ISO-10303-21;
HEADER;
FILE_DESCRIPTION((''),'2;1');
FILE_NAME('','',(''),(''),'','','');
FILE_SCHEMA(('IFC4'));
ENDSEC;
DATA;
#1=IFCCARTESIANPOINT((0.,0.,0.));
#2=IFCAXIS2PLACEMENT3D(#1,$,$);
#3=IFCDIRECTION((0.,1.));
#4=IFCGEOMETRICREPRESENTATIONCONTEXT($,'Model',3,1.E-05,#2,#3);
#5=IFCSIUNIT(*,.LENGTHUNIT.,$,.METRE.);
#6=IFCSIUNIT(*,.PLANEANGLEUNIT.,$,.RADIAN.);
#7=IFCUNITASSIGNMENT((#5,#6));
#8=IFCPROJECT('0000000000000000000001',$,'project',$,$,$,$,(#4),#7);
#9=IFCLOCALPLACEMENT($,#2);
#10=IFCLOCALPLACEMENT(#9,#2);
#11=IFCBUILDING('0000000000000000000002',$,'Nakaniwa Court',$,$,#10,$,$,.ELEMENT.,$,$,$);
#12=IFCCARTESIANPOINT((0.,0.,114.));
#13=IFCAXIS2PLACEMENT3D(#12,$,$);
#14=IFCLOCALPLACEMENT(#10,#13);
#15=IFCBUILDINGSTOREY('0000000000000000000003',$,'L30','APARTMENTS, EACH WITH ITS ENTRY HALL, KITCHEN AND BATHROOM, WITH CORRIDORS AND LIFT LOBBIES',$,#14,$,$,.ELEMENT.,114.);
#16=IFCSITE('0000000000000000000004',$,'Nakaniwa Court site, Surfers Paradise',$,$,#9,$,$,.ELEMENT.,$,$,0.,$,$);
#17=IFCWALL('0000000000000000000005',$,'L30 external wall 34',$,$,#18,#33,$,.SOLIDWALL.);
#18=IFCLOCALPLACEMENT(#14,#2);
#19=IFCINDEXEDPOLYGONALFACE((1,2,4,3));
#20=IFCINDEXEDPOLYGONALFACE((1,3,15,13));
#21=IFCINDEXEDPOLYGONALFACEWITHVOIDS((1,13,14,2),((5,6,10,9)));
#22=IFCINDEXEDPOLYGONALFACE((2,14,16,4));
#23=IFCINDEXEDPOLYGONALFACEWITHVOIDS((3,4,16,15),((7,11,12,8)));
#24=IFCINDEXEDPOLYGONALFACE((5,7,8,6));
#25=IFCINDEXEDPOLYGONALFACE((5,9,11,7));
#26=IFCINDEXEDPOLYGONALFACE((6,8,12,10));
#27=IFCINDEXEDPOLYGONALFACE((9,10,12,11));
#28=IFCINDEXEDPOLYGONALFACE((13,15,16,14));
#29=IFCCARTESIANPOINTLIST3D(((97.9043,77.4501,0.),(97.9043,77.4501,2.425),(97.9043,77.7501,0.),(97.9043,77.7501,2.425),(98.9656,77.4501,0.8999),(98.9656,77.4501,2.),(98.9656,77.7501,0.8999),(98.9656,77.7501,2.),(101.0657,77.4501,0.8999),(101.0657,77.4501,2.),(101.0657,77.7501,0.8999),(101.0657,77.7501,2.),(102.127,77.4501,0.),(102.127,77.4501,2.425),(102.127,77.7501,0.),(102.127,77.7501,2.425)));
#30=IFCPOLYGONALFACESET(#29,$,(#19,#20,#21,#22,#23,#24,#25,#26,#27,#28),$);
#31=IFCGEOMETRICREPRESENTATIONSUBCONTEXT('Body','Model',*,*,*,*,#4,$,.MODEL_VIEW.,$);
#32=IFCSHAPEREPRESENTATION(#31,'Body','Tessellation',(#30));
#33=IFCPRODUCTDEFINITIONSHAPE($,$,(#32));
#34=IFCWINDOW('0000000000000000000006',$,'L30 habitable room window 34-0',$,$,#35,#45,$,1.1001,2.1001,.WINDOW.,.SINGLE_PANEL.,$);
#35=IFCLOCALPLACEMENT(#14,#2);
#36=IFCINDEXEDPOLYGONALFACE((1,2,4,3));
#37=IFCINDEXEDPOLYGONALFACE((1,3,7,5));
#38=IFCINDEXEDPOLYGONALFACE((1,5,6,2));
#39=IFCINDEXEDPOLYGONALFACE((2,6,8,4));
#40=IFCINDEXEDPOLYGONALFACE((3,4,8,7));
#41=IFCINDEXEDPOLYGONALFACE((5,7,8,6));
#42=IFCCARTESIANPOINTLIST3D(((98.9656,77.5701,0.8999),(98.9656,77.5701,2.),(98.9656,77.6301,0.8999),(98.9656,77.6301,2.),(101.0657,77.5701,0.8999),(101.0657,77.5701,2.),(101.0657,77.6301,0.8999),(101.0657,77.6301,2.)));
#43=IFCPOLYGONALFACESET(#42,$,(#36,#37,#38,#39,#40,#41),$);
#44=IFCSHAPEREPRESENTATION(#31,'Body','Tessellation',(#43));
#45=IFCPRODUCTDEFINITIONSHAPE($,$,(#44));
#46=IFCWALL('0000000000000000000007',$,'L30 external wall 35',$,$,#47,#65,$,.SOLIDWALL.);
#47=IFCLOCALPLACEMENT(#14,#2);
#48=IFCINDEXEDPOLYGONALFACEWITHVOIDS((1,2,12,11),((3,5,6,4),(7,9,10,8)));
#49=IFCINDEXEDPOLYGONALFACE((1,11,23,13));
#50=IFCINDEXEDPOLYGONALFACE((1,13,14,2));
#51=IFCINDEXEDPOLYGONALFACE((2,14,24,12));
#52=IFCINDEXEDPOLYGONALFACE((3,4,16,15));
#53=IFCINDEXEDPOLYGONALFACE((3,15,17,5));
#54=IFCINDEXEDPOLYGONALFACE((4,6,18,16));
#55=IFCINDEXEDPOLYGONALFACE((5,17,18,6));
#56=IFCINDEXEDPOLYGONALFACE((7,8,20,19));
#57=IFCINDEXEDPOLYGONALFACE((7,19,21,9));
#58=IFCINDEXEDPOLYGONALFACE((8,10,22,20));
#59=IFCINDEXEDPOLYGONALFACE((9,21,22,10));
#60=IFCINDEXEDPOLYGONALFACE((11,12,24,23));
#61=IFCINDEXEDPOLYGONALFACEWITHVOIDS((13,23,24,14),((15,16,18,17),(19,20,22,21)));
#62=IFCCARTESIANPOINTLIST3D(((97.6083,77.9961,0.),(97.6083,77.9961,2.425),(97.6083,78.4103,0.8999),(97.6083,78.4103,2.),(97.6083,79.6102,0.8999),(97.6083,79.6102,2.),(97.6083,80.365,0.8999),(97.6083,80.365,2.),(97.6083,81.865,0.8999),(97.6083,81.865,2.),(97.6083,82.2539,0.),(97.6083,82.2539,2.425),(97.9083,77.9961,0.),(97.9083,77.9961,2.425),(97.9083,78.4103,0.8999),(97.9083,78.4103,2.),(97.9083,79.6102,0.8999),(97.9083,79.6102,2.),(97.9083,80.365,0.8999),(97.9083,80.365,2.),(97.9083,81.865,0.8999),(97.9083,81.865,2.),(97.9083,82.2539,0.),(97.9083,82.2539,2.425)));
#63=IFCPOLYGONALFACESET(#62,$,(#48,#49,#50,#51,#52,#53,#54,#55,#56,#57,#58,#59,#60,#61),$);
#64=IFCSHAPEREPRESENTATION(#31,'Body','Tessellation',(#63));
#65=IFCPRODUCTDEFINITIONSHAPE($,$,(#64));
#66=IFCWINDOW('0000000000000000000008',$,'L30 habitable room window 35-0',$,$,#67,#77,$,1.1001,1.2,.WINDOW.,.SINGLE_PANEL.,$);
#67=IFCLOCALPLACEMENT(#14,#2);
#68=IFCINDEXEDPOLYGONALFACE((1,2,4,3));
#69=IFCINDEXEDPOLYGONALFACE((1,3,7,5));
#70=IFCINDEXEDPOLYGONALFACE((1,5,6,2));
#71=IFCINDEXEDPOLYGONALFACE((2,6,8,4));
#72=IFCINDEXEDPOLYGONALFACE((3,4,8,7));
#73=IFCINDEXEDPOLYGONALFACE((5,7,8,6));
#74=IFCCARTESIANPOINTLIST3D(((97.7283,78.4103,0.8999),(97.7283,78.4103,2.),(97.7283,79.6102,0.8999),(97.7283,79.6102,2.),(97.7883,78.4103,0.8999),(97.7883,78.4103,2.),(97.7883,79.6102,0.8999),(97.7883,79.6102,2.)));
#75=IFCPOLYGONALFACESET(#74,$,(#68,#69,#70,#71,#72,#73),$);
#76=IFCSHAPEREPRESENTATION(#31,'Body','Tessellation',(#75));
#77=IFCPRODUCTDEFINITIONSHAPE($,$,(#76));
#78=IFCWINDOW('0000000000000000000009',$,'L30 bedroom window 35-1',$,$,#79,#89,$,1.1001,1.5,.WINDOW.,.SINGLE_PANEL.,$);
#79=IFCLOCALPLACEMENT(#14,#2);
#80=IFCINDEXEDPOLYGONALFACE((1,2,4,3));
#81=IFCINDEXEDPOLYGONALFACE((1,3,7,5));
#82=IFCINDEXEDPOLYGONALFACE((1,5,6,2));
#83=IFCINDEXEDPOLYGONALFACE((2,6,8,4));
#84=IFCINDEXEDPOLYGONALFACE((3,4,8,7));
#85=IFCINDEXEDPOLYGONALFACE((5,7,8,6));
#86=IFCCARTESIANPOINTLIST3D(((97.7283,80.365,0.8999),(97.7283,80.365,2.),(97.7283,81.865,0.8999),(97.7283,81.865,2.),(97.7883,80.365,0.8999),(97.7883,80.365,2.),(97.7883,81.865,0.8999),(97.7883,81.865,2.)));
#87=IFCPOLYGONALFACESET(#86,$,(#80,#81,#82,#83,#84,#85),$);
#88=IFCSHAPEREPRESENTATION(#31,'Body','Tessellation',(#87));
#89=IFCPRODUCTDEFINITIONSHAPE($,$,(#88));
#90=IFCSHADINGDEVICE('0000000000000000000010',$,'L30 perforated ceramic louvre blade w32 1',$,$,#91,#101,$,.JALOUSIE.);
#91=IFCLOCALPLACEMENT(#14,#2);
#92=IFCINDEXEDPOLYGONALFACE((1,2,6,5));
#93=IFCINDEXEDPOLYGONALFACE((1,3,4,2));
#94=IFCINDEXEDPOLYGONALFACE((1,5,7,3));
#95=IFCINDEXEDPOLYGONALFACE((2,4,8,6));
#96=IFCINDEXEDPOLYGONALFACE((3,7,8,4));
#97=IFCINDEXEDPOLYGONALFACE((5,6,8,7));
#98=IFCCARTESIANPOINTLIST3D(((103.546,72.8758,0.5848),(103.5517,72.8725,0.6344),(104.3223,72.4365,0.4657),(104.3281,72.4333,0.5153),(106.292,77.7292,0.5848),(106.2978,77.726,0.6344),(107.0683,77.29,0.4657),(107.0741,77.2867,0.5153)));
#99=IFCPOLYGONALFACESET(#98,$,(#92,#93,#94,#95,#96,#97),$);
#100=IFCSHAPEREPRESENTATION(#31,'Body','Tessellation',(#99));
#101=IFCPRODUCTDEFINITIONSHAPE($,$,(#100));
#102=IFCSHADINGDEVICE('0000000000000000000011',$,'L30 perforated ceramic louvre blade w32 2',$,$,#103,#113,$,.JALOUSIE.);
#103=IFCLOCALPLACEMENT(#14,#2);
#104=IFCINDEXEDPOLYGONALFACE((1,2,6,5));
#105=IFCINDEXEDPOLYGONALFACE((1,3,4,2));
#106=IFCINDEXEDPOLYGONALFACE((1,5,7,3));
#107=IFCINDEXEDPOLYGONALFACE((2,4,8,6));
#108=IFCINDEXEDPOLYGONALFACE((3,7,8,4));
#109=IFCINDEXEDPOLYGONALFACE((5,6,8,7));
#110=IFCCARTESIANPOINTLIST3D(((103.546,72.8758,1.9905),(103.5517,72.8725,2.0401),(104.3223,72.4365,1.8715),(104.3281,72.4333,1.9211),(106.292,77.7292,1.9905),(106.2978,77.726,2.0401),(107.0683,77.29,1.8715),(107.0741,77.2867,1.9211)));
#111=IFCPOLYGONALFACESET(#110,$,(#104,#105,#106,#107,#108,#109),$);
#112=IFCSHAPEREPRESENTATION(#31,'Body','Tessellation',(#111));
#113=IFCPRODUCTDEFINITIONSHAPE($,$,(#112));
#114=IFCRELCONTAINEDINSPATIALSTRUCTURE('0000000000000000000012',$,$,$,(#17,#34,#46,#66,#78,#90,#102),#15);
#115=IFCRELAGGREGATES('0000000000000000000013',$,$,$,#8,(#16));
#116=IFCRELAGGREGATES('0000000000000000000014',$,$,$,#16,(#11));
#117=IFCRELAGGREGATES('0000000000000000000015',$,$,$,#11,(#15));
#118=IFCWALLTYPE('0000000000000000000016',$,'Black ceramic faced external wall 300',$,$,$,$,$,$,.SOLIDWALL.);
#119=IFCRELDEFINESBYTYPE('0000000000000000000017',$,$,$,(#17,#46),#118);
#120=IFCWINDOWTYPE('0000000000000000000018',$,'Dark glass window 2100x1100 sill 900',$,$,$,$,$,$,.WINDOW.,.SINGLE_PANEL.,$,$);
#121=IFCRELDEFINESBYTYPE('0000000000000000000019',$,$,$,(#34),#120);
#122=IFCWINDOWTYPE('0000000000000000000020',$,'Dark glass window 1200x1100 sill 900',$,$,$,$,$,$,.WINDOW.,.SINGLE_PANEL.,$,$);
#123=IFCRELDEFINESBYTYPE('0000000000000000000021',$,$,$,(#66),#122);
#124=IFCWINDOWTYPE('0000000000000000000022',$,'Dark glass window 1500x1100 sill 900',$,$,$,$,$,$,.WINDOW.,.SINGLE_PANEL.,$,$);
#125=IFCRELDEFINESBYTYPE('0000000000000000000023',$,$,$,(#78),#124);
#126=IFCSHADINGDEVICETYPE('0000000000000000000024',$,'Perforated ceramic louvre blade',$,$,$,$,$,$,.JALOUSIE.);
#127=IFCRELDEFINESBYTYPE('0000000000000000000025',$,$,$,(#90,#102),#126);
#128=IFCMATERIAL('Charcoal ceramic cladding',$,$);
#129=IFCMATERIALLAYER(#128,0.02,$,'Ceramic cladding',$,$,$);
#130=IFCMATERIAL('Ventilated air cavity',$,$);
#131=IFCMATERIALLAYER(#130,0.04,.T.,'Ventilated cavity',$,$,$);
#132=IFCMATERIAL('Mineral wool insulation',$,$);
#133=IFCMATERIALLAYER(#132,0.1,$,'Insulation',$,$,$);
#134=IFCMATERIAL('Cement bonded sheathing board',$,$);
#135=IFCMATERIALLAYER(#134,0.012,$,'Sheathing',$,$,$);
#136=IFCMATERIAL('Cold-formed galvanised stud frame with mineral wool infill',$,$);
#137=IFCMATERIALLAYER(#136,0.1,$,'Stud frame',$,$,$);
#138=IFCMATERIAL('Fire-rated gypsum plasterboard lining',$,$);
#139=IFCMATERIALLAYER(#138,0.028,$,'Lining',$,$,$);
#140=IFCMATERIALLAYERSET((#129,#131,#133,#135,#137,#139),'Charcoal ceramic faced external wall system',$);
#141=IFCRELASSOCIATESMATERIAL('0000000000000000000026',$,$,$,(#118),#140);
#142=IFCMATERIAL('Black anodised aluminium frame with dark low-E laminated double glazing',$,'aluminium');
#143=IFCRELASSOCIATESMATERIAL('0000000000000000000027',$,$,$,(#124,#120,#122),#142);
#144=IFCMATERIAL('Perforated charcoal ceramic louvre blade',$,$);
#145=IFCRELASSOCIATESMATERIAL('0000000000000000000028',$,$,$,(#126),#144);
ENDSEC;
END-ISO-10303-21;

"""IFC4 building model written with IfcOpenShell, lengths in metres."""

from ifc_helpers import new_model, si_unit, direction, frame, frame_2d, origin, origin_2d, place, context, subcontext, project, spatial, rectangle, extrude, material, layer, layer_set, material_profile, profile_set, type_object, element, fill, save


model = new_model("IFC4")

# Units and contexts
model_context = context("Model", 3, precision=1e-05, world=origin(), true_north=direction((0.0, 1.0)))
body_context = subcontext(model_context, "Body", "Model", "MODEL_VIEW")
ifc_project = project(units=[si_unit("LENGTHUNIT", "METRE"), si_unit("PLANEANGLEUNIT", "RADIAN")], contexts=[model_context])

# Site, building, storey
site_placement = place(None, origin())
site = spatial("IfcSite", under=ifc_project, at=site_placement, Name="Nakaniwa Court site, Surfers Paradise", CompositionType="ELEMENT", RefElevation=0.0)
building_placement = place(site_placement, origin())
building = spatial("IfcBuilding", under=site, at=building_placement, Name="Nakaniwa Court", CompositionType="ELEMENT")
storey_placement = place(building_placement, frame((0.0, 0.0, 114.0)))
storey = spatial("IfcBuildingStorey", under=building, at=storey_placement, Name="L30", Description="APARTMENTS, EACH WITH ITS ENTRY HALL, KITCHEN AND BATHROOM, WITH CORRIDORS AND LIFT LOBBIES", CompositionType="ELEMENT", Elevation=114.0)

# Wall, opening, window
ifc_material_1 = material(Name="Charcoal ceramic cladding")
ifc_layer_1 = layer(ifc_material_1, 0.02, Name="Ceramic cladding")
ifc_material_2 = material(Name="Ventilated air cavity")
ifc_layer_2 = layer(ifc_material_2, 0.04, ventilated=True, Name="Ventilated cavity")
ifc_material_3 = material(Name="Mineral wool insulation")
ifc_layer_3 = layer(ifc_material_3, 0.1, Name="Insulation")
ifc_material_4 = material(Name="Cement bonded sheathing board")
ifc_layer_4 = layer(ifc_material_4, 0.012, Name="Sheathing")
ifc_material_5 = material(Name="Cold-formed galvanised stud frame with mineral wool infill")
ifc_layer_5 = layer(ifc_material_5, 0.1, Name="Stud frame")
ifc_material_6 = material(Name="Fire-rated gypsum plasterboard lining")
ifc_layer_6 = layer(ifc_material_6, 0.028, Name="Lining")
ifc_layer_set = layer_set([ifc_layer_1, ifc_layer_2, ifc_layer_3, ifc_layer_4, ifc_layer_5, ifc_layer_6], Name="Charcoal ceramic faced external wall system")
wall_type = type_object("IfcWallType", Name="Black ceramic faced external wall 300", PredefinedType="SOLIDWALL", material=ifc_layer_set)
ifc_material_7 = material(Name="Black anodised aluminium frame with dark low-E laminated double glazing", Category="aluminium")
window_type_1 = type_object("IfcWindowType", Name="Dark glass window 1500x1100 sill 900", PartitioningType="SINGLE_PANEL", PredefinedType="WINDOW", material=ifc_material_7)
window_type_2 = type_object("IfcWindowType", Name="Dark glass window 2100x1100 sill 900", PartitioningType="SINGLE_PANEL", PredefinedType="WINDOW", material=ifc_material_7)
wall_1_placement = place(storey_placement, frame((102.127, 77.6001, 0.0), z_axis=(0.0, 0.0, 1.0), x_axis=(-1.0, 0.0, 0.0)))
wall_1 = element("IfcWall", 1, at=wall_1_placement, inside=storey, type_object=wall_type, Name="L30 external wall 34", PredefinedType="SOLIDWALL", context=body_context, shape_type="SweptSolid", body=[
    extrude(rectangle(XDim=4.2227, YDim=0.3, at=frame_2d((2.1113, 0.0))), origin(), (0.0, 0.0, 1.0), 2.425),
])
opening_1_placement = place(wall_1_placement, frame((1.0613, 0.0, 0.8999)))
opening_1 = element("IfcOpeningElement", 2, at=opening_1_placement, cuts=wall_1, PredefinedType="OPENING", context=body_context, shape_type="SweptSolid", body=[
    extrude(rectangle(XDim=2.1001, YDim=1.1001, at=frame_2d((1.05, 0.55))), frame((0.0, 0.1599, 0.0), z_axis=(0.0, -1.0, 0.0), x_axis=(1.0, 0.0, 0.0)), (0.0, 0.0, 1.0), 0.3201),
])
window_1_placement = place(opening_1_placement, origin())
window_1 = element("IfcWindow", 3, at=window_1_placement, inside=storey, type_object=window_type_2, Name="L30 habitable room window 34-0", OverallHeight=1.1001, OverallWidth=2.1001, PartitioningType="SINGLE_PANEL", PredefinedType="WINDOW", context=body_context, shape_type="SweptSolid", body=[
    extrude(rectangle(XDim=2.1001, YDim=1.1001, at=frame_2d((1.05, 0.55))), frame((0.0, 0.03, 0.0), z_axis=(0.0, -1.0, 0.0), x_axis=(1.0, 0.0, 0.0)), (0.0, 0.0, 1.0), 0.0601),
])
fill(opening_1, window_1)

# Wall, openings, windows
wall_2_placement = place(storey_placement, frame((97.7583, 77.9961, 0.0), z_axis=(0.0, 0.0, 1.0), x_axis=(0.0, 1.0, 0.0)))
wall_2 = element("IfcWall", 4, at=wall_2_placement, inside=storey, type_object=wall_type, Name="L30 external wall 35", PredefinedType="SOLIDWALL", context=body_context, shape_type="SweptSolid", body=[
    extrude(rectangle(XDim=4.2578, YDim=0.3, at=frame_2d((2.1289, 0.0))), origin(), (0.0, 0.0, 1.0), 2.425),
])
opening_2_placement = place(wall_2_placement, frame((0.4141, 0.0, 0.8999)))
opening_2 = element("IfcOpeningElement", 5, at=opening_2_placement, cuts=wall_2, PredefinedType="OPENING", context=body_context, shape_type="SweptSolid", body=[
    extrude(rectangle(XDim=1.2, YDim=1.1001, at=frame_2d((0.6001, 0.55))), frame((0.0, 0.1599, 0.0), z_axis=(0.0, -1.0, 0.0), x_axis=(1.0, 0.0, 0.0)), (0.0, 0.0, 1.0), 0.3201),
])
opening_3_placement = place(wall_2_placement, frame((2.3689, 0.0, 0.8999)))
opening_3 = element("IfcOpeningElement", 6, at=opening_3_placement, cuts=wall_2, PredefinedType="OPENING", context=body_context, shape_type="SweptSolid", body=[
    extrude(rectangle(XDim=1.5, YDim=1.1001, at=frame_2d((0.75, 0.55))), frame((0.0, 0.1599, 0.0), z_axis=(0.0, -1.0, 0.0), x_axis=(1.0, 0.0, 0.0)), (0.0, 0.0, 1.0), 0.3201),
])
window_type_3 = type_object("IfcWindowType", Name="Dark glass window 1200x1100 sill 900", PartitioningType="SINGLE_PANEL", PredefinedType="WINDOW", material=ifc_material_7)
window_2_placement = place(opening_2_placement, origin())
window_2 = element("IfcWindow", 7, at=window_2_placement, inside=storey, type_object=window_type_3, Name="L30 habitable room window 35-0", OverallHeight=1.1001, OverallWidth=1.2, PartitioningType="SINGLE_PANEL", PredefinedType="WINDOW", context=body_context, shape_type="SweptSolid", body=[
    extrude(rectangle(XDim=1.2, YDim=1.1001, at=frame_2d((0.6001, 0.55))), frame((0.0, 0.03, 0.0), z_axis=(0.0, -1.0, 0.0), x_axis=(1.0, 0.0, 0.0)), (0.0, 0.0, 1.0), 0.0601),
])
fill(opening_2, window_2)
window_3_placement = place(opening_3_placement, origin())
window_3 = element("IfcWindow", 8, at=window_3_placement, inside=storey, type_object=window_type_1, Name="L30 bedroom window 35-1", OverallHeight=1.1001, OverallWidth=1.5, PartitioningType="SINGLE_PANEL", PredefinedType="WINDOW", context=body_context, shape_type="SweptSolid", body=[
    extrude(rectangle(XDim=1.5, YDim=1.1001, at=frame_2d((0.75, 0.55))), frame((0.0, 0.03, 0.0), z_axis=(0.0, -1.0, 0.0), x_axis=(1.0, 0.0, 0.0)), (0.0, 0.0, 1.0), 0.0601),
])
fill(opening_3, window_3)

# Shading devices
ifc_material_8 = material(Name="Perforated charcoal ceramic louvre blade")
ifc_material_profile_1 = material_profile(ifc_material_8, rectangle(XDim=0.8999, YDim=0.05, at=origin_2d()), Name="Perforated ceramic louvre blade")
ifc_profile_set_1 = profile_set([ifc_material_profile_1], Name="Perforated charcoal ceramic louvre blade")
shading_device_type = type_object("IfcShadingDeviceType", Name="Perforated ceramic louvre blade", PredefinedType="JALOUSIE", material=ifc_profile_set_1)
for number, where, z_axis, x_axis, name in (
    (9, (103.937, 72.6545, 0.55), (0.492438, 0.870347, 0.0), (-0.862702, 0.488112, 0.132256), "L30 perforated ceramic louvre blade w32 1"),
    (10, (103.937, 72.6545, 1.9558), (0.492438, 0.870347, 0.0), (-0.862702, 0.488112, 0.132256), "L30 perforated ceramic louvre blade w32 2"),
):
    element("IfcShadingDevice", number, at=place(storey_placement, frame(where, z_axis=z_axis, x_axis=x_axis)), inside=storey, type_object=shading_device_type, Name=name, PredefinedType="JALOUSIE", context=body_context, shape_type="SweptSolid", body=[
        extrude(rectangle(XDim=0.8999, YDim=0.05, at=origin_2d()), origin(), (0.0, 0.0, 1.0), 5.5764),
    ])

save(model, "model.ifc")
